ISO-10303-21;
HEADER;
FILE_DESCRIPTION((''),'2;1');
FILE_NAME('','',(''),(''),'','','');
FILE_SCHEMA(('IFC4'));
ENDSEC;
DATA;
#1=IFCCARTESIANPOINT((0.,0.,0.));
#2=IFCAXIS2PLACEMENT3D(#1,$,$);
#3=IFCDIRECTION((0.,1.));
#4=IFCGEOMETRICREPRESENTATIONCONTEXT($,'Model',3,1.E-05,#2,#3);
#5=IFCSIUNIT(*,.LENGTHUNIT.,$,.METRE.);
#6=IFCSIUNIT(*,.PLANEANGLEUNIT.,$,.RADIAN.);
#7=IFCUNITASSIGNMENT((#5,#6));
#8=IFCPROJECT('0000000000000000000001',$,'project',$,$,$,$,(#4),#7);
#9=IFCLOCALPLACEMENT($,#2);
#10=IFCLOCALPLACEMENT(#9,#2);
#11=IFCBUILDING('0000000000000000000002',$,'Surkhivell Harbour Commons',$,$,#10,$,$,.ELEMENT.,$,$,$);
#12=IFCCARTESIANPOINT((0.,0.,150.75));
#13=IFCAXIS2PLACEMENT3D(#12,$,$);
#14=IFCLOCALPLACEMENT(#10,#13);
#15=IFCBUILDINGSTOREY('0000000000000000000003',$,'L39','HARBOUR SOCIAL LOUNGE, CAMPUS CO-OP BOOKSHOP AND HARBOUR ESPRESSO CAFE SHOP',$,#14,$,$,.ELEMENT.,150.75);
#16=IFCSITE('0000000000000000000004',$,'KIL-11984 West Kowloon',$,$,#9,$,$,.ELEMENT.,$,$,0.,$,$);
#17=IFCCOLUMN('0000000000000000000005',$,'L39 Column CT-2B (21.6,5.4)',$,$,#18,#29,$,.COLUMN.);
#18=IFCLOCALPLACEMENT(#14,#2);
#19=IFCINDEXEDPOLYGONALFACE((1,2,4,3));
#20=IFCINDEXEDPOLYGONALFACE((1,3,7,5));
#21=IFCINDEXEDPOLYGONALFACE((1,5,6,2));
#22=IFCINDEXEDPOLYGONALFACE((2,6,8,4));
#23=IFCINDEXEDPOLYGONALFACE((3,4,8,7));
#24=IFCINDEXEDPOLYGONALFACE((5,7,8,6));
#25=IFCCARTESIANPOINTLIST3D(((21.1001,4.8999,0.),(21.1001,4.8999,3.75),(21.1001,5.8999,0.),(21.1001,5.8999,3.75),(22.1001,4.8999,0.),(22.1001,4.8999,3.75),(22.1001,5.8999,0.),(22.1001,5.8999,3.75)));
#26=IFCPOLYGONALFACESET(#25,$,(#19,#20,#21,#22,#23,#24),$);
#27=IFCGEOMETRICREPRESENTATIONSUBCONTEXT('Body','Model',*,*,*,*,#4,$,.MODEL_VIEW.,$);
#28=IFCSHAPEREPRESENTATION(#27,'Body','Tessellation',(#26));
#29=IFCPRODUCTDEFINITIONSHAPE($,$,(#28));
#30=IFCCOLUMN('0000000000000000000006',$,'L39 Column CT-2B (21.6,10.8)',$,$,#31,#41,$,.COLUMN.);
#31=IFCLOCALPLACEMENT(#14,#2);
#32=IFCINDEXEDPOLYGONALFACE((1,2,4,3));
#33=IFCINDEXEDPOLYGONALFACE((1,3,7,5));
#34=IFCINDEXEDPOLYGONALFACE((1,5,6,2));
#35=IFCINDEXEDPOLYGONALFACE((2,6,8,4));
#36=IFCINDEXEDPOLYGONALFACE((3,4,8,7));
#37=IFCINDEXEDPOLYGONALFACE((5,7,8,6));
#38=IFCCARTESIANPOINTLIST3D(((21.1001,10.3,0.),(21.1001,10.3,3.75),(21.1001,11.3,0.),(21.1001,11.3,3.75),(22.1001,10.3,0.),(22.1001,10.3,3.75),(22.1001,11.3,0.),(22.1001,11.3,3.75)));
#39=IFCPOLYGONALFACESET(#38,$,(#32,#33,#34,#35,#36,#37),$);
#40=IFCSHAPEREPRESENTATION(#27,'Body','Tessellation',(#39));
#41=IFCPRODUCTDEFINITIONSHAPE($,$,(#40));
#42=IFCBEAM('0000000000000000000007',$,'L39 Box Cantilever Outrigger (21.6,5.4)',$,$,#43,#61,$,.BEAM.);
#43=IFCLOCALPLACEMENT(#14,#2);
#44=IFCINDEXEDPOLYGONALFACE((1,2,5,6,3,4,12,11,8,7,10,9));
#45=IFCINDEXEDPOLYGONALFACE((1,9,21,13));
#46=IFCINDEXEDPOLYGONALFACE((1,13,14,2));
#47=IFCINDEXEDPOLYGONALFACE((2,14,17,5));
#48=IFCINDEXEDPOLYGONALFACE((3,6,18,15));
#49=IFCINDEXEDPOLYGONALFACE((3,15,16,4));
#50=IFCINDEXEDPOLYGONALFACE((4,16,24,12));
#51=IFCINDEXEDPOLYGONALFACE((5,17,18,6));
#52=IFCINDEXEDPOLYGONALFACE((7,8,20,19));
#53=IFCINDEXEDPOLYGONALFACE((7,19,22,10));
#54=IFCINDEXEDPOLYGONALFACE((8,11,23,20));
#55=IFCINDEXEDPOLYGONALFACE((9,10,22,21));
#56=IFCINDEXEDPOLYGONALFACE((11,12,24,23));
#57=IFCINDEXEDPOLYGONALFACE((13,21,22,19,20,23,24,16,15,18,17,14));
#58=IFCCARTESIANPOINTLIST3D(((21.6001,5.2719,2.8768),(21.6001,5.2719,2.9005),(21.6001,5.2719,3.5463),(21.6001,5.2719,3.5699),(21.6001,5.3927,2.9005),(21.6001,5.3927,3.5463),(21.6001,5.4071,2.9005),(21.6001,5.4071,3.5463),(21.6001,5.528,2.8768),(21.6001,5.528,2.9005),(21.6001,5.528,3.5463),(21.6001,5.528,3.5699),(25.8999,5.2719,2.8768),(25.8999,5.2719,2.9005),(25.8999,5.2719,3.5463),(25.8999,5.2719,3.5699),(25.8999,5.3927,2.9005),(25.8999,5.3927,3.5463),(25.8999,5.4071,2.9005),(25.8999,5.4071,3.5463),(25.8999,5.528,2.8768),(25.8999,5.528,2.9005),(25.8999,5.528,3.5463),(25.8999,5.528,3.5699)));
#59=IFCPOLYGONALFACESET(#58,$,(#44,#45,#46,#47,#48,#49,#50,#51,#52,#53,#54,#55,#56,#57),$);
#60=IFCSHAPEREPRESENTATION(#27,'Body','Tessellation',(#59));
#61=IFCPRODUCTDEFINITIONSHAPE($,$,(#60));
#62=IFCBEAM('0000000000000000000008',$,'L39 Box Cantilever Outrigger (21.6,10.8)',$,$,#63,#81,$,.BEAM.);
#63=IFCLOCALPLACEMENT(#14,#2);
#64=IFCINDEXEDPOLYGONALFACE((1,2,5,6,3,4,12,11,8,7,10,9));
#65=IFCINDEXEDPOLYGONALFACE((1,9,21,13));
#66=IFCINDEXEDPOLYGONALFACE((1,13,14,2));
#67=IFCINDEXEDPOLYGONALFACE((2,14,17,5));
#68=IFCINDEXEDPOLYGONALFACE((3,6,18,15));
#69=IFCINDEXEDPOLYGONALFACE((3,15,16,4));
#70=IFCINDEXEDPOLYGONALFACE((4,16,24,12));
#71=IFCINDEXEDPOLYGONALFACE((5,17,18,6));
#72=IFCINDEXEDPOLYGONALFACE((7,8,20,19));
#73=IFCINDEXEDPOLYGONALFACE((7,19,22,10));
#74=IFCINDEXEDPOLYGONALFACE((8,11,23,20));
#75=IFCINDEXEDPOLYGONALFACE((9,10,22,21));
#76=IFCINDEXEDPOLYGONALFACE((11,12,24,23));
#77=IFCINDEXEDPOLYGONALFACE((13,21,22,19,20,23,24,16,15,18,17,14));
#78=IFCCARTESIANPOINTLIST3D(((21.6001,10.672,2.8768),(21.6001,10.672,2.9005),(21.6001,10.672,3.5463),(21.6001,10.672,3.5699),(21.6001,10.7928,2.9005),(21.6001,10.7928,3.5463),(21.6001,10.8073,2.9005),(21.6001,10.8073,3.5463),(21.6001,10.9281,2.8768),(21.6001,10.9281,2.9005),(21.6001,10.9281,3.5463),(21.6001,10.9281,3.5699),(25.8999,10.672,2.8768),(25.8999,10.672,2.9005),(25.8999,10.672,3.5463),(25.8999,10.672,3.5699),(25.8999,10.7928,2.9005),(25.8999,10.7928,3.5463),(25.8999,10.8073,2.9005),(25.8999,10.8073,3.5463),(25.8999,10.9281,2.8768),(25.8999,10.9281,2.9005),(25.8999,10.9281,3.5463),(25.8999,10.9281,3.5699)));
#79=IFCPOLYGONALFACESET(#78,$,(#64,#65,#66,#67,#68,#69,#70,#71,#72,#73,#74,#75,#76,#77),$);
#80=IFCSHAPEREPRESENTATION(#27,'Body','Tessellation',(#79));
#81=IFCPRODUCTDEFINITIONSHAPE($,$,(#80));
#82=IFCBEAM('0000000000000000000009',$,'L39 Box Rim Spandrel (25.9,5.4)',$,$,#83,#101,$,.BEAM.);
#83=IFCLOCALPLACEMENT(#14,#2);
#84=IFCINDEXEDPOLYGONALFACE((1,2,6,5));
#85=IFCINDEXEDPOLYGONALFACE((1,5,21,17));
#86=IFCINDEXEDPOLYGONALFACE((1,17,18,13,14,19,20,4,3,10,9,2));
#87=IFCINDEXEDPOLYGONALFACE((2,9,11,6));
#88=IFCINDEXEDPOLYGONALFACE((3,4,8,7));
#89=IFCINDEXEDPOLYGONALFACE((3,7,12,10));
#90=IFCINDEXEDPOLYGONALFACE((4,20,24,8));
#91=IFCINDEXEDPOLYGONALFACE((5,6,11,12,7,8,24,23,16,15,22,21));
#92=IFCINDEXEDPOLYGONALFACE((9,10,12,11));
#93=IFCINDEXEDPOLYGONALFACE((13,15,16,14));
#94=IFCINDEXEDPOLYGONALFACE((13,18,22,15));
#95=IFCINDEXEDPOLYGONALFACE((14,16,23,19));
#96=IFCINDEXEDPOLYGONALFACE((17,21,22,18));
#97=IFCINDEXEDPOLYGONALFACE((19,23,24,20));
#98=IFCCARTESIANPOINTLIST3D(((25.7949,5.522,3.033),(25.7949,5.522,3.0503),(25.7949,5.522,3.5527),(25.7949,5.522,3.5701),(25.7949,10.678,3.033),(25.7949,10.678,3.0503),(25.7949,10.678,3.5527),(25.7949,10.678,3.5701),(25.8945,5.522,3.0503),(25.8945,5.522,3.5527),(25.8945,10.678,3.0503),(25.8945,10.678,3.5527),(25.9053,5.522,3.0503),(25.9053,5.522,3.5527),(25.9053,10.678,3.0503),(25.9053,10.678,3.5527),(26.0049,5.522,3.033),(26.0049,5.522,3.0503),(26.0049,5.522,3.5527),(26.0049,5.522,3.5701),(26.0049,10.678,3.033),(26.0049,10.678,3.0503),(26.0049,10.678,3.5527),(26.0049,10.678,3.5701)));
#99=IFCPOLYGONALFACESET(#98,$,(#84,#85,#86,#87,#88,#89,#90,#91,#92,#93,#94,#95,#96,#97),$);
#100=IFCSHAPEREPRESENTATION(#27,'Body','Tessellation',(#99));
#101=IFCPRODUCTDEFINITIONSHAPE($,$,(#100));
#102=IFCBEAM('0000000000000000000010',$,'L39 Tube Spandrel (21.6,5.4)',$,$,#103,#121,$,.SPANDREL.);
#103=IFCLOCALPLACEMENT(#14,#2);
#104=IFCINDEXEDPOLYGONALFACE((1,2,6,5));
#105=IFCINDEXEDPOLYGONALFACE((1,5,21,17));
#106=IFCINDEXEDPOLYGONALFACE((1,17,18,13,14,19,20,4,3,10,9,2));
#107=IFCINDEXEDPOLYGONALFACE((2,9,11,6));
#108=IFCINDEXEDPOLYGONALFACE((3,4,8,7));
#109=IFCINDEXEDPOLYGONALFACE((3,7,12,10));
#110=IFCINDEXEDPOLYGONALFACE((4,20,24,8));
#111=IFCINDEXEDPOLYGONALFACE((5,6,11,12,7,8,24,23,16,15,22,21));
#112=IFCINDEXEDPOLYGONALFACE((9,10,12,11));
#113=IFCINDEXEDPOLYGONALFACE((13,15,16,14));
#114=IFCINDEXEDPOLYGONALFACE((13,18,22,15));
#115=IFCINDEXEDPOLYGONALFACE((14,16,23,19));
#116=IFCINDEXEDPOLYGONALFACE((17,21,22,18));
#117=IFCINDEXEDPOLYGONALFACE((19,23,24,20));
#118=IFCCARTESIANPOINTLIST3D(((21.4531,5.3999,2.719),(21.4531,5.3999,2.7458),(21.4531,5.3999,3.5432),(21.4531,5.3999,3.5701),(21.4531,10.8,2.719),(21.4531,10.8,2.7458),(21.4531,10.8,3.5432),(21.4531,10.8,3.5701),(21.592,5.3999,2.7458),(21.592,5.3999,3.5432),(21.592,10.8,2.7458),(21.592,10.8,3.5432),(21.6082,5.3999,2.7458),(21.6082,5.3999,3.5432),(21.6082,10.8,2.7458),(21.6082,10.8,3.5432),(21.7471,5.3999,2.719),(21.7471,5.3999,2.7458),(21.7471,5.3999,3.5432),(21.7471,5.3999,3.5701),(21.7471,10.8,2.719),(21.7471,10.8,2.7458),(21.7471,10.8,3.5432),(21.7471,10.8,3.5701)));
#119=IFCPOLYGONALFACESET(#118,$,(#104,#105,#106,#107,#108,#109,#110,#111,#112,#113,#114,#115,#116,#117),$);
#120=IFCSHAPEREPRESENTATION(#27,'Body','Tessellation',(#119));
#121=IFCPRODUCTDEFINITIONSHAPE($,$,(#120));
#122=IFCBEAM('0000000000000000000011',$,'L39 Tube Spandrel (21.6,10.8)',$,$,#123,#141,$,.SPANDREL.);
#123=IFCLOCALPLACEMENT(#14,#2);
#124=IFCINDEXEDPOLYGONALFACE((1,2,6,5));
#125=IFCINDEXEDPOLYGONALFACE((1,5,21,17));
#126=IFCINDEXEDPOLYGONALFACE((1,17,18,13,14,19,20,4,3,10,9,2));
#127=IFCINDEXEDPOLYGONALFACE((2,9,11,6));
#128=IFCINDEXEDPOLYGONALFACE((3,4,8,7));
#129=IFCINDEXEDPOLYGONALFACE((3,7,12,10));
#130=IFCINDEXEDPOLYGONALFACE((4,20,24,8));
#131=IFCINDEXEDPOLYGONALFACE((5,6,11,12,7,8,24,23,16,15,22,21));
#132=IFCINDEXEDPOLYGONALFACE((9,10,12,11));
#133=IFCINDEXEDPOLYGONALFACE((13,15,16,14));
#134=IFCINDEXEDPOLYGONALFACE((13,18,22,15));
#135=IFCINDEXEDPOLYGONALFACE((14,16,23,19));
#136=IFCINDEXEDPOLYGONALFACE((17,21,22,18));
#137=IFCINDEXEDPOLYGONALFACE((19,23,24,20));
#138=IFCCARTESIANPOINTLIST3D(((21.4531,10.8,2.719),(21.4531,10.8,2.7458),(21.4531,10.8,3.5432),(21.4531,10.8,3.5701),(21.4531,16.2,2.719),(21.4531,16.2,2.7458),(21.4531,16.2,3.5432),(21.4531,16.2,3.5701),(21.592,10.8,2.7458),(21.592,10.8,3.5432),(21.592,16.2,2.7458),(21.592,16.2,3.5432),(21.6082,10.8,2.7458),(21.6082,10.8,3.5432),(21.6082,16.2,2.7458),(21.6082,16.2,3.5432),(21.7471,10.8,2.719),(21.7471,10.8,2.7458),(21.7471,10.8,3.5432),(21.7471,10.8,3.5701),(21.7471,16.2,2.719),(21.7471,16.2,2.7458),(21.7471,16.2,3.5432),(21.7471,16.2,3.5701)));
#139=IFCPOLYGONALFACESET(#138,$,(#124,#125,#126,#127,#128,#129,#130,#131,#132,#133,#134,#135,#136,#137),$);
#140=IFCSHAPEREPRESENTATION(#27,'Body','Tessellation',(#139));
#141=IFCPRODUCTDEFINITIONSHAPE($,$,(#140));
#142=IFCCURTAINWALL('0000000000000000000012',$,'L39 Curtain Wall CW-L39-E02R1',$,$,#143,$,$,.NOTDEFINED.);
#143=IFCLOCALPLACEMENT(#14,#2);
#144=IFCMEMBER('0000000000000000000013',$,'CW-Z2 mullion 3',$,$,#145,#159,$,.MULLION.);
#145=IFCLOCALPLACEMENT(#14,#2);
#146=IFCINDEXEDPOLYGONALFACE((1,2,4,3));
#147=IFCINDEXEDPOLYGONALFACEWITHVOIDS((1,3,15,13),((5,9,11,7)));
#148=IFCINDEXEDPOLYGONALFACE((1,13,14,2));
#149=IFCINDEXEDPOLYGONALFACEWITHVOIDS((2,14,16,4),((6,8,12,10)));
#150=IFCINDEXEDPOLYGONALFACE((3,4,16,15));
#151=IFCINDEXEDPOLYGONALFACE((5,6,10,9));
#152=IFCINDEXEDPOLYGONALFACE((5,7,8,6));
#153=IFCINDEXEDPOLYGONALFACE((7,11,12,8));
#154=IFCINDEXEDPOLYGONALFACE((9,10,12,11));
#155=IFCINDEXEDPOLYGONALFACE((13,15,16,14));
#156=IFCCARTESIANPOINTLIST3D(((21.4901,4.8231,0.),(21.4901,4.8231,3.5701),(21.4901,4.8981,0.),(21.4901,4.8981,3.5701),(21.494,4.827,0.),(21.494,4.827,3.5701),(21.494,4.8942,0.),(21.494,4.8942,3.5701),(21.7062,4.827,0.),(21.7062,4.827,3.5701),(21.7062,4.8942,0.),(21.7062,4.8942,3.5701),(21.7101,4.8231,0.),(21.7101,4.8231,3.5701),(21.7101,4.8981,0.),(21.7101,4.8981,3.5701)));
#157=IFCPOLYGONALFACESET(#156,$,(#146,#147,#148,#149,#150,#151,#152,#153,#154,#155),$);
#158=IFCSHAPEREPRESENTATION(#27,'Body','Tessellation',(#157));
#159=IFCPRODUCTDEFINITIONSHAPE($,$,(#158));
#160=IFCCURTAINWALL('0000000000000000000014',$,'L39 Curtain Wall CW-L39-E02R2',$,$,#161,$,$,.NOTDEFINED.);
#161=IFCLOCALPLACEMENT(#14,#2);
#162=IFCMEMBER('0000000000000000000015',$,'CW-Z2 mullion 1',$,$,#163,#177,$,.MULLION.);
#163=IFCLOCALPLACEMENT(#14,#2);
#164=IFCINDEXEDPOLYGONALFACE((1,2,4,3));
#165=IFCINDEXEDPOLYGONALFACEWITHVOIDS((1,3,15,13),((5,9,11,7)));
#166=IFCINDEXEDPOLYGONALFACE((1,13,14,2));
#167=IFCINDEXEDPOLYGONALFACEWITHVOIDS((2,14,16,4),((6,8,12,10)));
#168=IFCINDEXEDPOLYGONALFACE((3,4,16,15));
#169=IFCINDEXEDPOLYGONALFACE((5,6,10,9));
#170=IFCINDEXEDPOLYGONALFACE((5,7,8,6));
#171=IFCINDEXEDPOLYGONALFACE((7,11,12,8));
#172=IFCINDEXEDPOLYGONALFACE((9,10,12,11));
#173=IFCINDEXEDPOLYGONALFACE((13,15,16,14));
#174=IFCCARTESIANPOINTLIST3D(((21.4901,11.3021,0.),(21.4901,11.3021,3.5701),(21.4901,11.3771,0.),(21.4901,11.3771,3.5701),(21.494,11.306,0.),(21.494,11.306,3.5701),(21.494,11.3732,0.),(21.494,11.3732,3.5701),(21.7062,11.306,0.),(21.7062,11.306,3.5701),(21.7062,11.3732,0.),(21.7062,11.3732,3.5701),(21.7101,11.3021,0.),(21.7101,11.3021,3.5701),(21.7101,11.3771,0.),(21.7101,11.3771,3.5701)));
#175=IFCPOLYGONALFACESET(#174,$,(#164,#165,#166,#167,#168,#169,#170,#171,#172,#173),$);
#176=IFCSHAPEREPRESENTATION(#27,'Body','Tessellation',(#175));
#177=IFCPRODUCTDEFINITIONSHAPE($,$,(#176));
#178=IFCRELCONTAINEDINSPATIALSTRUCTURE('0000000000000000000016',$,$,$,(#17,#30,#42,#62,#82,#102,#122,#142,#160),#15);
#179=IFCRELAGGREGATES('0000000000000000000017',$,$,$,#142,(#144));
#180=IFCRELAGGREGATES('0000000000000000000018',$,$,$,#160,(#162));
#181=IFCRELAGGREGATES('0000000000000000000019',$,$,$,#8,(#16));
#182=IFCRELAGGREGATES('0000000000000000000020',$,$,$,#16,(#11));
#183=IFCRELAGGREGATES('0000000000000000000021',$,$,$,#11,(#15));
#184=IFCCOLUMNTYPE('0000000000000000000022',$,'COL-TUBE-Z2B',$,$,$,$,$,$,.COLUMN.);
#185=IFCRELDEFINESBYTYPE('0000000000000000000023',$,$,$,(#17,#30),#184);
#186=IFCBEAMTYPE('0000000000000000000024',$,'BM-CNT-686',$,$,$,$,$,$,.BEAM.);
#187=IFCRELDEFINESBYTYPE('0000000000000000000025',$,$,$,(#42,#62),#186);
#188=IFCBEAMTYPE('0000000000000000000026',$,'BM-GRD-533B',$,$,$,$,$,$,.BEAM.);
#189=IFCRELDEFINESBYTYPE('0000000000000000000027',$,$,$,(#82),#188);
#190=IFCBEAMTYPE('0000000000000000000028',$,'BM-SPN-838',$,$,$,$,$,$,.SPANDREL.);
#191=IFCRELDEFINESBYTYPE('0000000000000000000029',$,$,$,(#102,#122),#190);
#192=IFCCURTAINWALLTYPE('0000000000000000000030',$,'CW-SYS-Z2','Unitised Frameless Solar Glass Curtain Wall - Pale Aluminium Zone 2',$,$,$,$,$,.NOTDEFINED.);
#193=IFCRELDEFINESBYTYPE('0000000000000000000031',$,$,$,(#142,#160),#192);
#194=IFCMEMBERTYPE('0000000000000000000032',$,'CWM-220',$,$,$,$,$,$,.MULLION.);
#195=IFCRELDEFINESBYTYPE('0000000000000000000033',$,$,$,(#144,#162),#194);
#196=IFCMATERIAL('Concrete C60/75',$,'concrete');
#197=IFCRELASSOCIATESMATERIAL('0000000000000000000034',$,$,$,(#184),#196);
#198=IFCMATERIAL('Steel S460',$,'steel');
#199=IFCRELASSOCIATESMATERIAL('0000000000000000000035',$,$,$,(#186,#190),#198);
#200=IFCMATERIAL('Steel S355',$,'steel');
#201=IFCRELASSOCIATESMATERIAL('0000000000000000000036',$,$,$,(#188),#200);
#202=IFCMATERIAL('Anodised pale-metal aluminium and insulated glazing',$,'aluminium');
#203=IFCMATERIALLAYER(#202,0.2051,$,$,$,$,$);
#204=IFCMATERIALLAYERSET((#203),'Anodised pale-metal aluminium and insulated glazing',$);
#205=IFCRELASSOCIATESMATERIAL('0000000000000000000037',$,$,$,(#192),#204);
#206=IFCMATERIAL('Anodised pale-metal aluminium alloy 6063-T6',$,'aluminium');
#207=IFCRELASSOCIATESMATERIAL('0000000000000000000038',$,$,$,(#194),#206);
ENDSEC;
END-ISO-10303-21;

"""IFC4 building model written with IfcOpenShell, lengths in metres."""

from ifc_helpers import new_model, si_unit, direction, frame, origin, origin_2d, place, context, subcontext, project, spatial, rectangle, hollow_rectangle, i_section, extrude, material, layer, layer_set, material_profile, profile_set, type_object, element, aggregate, save


model = new_model("IFC4")

# Units and contexts
model_context = context("Model", 3, precision=1e-05, world=origin(), true_north=direction((0.0, 1.0)))
body_context = subcontext(model_context, "Body", "Model", "MODEL_VIEW")
ifc_project = project(units=[si_unit("LENGTHUNIT", "METRE"), si_unit("PLANEANGLEUNIT", "RADIAN")], contexts=[model_context])

# Site, building, storey
site_placement = place(None, origin())
site = spatial("IfcSite", under=ifc_project, at=site_placement, Name="KIL-11984 West Kowloon", CompositionType="ELEMENT", RefElevation=0.0)
building_placement = place(site_placement, origin())
building = spatial("IfcBuilding", under=site, at=building_placement, Name="Surkhivell Harbour Commons", CompositionType="ELEMENT")
storey_placement = place(building_placement, frame((0.0, 0.0, 150.75)))
storey = spatial("IfcBuildingStorey", under=building, at=storey_placement, Name="L39", Description="HARBOUR SOCIAL LOUNGE, CAMPUS CO-OP BOOKSHOP AND HARBOUR ESPRESSO CAFE SHOP", CompositionType="ELEMENT", Elevation=150.75)

# Columns
ifc_material_1 = material(Name="Concrete C60/75", Category="concrete")
ifc_material_profile_1 = material_profile(ifc_material_1, rectangle(XDim=1.0, YDim=1.0, at=origin_2d()), Name="RC-COL-1000x1000")
ifc_profile_set_1 = profile_set([ifc_material_profile_1], Name="Concrete C60/75")
column_type = type_object("IfcColumnType", Name="COL-TUBE-Z2B", PredefinedType="COLUMN", material=ifc_profile_set_1)
for number, where, z_axis, x_axis, name in (
    (1, (21.6001, 5.3999, 0.0), (0.0, 0.0, 1.0), (1.0, 0.0, 0.0), "L39 Column CT-2B (21.6,5.4)"),
    (2, (21.6001, 10.8, 0.0), (0.0, 0.0, 1.0), (1.0, 0.0, 0.0), "L39 Column CT-2B (21.6,10.8)"),
):
    element("IfcColumn", number, at=place(storey_placement, frame(where, z_axis=z_axis, x_axis=x_axis)), inside=storey, type_object=column_type, Name=name, PredefinedType="COLUMN", context=body_context, shape_type="SweptSolid", body=[
        extrude(rectangle(XDim=1.0, YDim=1.0, at=origin_2d()), origin(), (0.0, 0.0, 1.0), 3.75),
    ])

# Beams
ifc_material_2 = material(Name="Steel S460", Category="steel")
ifc_material_profile_2 = material_profile(ifc_material_2, i_section(OverallWidth=0.2561, OverallDepth=0.6931, WebThickness=0.0144, FlangeThickness=0.0237, at=origin_2d()), Name="UB686x254x170")
ifc_profile_set_2 = profile_set([ifc_material_profile_2], Name="Steel S460")
beam_type_1 = type_object("IfcBeamType", Name="BM-CNT-686", PredefinedType="BEAM", material=ifc_profile_set_2)
for number, where, z_axis, x_axis, name in (
    (3, (21.6001, 5.3999, 3.2234), (1.0, 0.0, 0.0), (0.0, 1.0, 0.0), "L39 Box Cantilever Outrigger (21.6,5.4)"),
    (4, (21.6001, 10.8, 3.2234), (1.0, 0.0, 0.0), (0.0, 1.0, 0.0), "L39 Box Cantilever Outrigger (21.6,10.8)"),
):
    element("IfcBeam", number, at=place(storey_placement, frame(where, z_axis=z_axis, x_axis=x_axis)), inside=storey, type_object=beam_type_1, Name=name, PredefinedType="BEAM", context=body_context, shape_type="SweptSolid", body=[
        extrude(i_section(OverallWidth=0.2561, OverallDepth=0.6931, WebThickness=0.0144, FlangeThickness=0.0237, at=origin_2d()), origin(), (0.0, 0.0, 1.0), 4.2998),
    ])
ifc_material_3 = material(Name="Steel S355", Category="steel")
ifc_material_profile_3 = material_profile(ifc_material_3, i_section(OverallWidth=0.21, OverallDepth=0.5371, WebThickness=0.0107, FlangeThickness=0.0173, at=origin_2d()), Name="UB533x210x101")
ifc_profile_set_3 = profile_set([ifc_material_profile_3], Name="Steel S355")
beam_type_2 = type_object("IfcBeamType", Name="BM-GRD-533B", PredefinedType="BEAM", material=ifc_profile_set_3)
beam_1_placement = place(storey_placement, frame((25.8999, 5.522, 3.3015), z_axis=(0.0, 1.0, 0.0), x_axis=(-1.0, 0.0, 0.0)))
element("IfcBeam", 5, at=beam_1_placement, inside=storey, type_object=beam_type_2, Name="L39 Box Rim Spandrel (25.9,5.4)", PredefinedType="BEAM", context=body_context, shape_type="SweptSolid", body=[
    extrude(i_section(OverallWidth=0.21, OverallDepth=0.5371, WebThickness=0.0107, FlangeThickness=0.0173, at=origin_2d()), origin(), (0.0, 0.0, 1.0), 5.156),
])
ifc_material_profile_4 = material_profile(ifc_material_2, i_section(OverallWidth=0.2939, OverallDepth=0.8511, WebThickness=0.0161, FlangeThickness=0.0269, at=origin_2d()), Name="UB838x292x226")
ifc_profile_set_4 = profile_set([ifc_material_profile_4], Name="Steel S460")
beam_type_3 = type_object("IfcBeamType", Name="BM-SPN-838", PredefinedType="SPANDREL", material=ifc_profile_set_4)
beam_2_placement = place(storey_placement, frame((21.6001, 5.3999, 3.1445), z_axis=(0.0, 1.0, 0.0), x_axis=(-1.0, 0.0, 0.0)))
element("IfcBeam", 6, at=beam_2_placement, inside=storey, type_object=beam_type_3, Name="L39 Tube Spandrel (21.6,5.4)", PredefinedType="SPANDREL", context=body_context, shape_type="SweptSolid", body=[
    extrude(i_section(OverallWidth=0.2939, OverallDepth=0.8511, WebThickness=0.0161, FlangeThickness=0.0269, at=origin_2d()), origin(), (0.0, 0.0, 1.0), 5.4001),
])
beam_3_placement = place(storey_placement, frame((21.6001, 10.8, 3.1445), z_axis=(0.0, 1.0, 0.0), x_axis=(-1.0, 0.0, 0.0)))
element("IfcBeam", 7, at=beam_3_placement, inside=storey, type_object=beam_type_3, Name="L39 Tube Spandrel (21.6,10.8)", PredefinedType="SPANDREL", context=body_context, shape_type="SweptSolid", body=[
    extrude(i_section(OverallWidth=0.2939, OverallDepth=0.8511, WebThickness=0.0161, FlangeThickness=0.0269, at=origin_2d()), origin(), (0.0, 0.0, 1.0), 5.3999),
])

# Curtain walls, members
ifc_material_4 = material(Name="Anodised pale-metal aluminium and insulated glazing", Category="aluminium")
ifc_layer_1 = layer(ifc_material_4, 0.2051)
ifc_layer_set_1 = layer_set([ifc_layer_1], Name="Anodised pale-metal aluminium and insulated glazing")
curtain_wall_type = type_object("IfcCurtainWallType", Name="CW-SYS-Z2", Description="Unitised Frameless Solar Glass Curtain Wall - Pale Aluminium Zone 2", PredefinedType="NOTDEFINED", material=ifc_layer_set_1)
curtain_wall_1_placement = place(storey_placement, origin())
curtain_wall_1 = element("IfcCurtainWall", 8, at=curtain_wall_1_placement, inside=storey, type_object=curtain_wall_type, Name="L39 Curtain Wall CW-L39-E02R1", PredefinedType="NOTDEFINED")
ifc_material_5 = material(Name="Anodised pale-metal aluminium alloy 6063-T6", Category="aluminium")
ifc_material_profile_5 = material_profile(ifc_material_5, hollow_rectangle(XDim=0.075, YDim=0.22, WallThickness=0.0039, at=origin_2d()), Name="ALU-MULL-75x220")
ifc_profile_set_5 = profile_set([ifc_material_profile_5], Name="Anodised pale-metal aluminium alloy 6063-T6")
member_type_1 = type_object("IfcMemberType", Name="CWM-220", PredefinedType="MULLION", material=ifc_profile_set_5)
member_1_placement = place(storey_placement, frame((21.6001, 4.8606, 0.0), z_axis=(0.0, 0.0, 1.0), x_axis=(0.0, 1.0, 0.0)))
member_1 = element("IfcMember", 9, at=member_1_placement, type_object=member_type_1, Name="CW-Z2 mullion 3", PredefinedType="MULLION", context=body_context, shape_type="SweptSolid", body=[
    extrude(hollow_rectangle(XDim=0.075, YDim=0.22, WallThickness=0.0039, at=origin_2d()), origin(), (0.0, 0.0, 1.0), 3.5701),
])
curtain_wall_2_placement = place(storey_placement, origin())
curtain_wall_2 = element("IfcCurtainWall", 10, at=curtain_wall_2_placement, inside=storey, type_object=curtain_wall_type, Name="L39 Curtain Wall CW-L39-E02R2", PredefinedType="NOTDEFINED")
member_2_placement = place(storey_placement, frame((21.6001, 11.3396, 0.0), z_axis=(0.0, 0.0, 1.0), x_axis=(0.0, 1.0, 0.0)))
member_2 = element("IfcMember", 11, at=member_2_placement, type_object=member_type_1, Name="CW-Z2 mullion 1", PredefinedType="MULLION", context=body_context, shape_type="SweptSolid", body=[
    extrude(hollow_rectangle(XDim=0.075, YDim=0.22, WallThickness=0.0039, at=origin_2d()), origin(), (0.0, 0.0, 1.0), 3.5701),
])

aggregate(curtain_wall_1, [member_1])
aggregate(curtain_wall_2, [member_2])

save(model, "model.ifc")
